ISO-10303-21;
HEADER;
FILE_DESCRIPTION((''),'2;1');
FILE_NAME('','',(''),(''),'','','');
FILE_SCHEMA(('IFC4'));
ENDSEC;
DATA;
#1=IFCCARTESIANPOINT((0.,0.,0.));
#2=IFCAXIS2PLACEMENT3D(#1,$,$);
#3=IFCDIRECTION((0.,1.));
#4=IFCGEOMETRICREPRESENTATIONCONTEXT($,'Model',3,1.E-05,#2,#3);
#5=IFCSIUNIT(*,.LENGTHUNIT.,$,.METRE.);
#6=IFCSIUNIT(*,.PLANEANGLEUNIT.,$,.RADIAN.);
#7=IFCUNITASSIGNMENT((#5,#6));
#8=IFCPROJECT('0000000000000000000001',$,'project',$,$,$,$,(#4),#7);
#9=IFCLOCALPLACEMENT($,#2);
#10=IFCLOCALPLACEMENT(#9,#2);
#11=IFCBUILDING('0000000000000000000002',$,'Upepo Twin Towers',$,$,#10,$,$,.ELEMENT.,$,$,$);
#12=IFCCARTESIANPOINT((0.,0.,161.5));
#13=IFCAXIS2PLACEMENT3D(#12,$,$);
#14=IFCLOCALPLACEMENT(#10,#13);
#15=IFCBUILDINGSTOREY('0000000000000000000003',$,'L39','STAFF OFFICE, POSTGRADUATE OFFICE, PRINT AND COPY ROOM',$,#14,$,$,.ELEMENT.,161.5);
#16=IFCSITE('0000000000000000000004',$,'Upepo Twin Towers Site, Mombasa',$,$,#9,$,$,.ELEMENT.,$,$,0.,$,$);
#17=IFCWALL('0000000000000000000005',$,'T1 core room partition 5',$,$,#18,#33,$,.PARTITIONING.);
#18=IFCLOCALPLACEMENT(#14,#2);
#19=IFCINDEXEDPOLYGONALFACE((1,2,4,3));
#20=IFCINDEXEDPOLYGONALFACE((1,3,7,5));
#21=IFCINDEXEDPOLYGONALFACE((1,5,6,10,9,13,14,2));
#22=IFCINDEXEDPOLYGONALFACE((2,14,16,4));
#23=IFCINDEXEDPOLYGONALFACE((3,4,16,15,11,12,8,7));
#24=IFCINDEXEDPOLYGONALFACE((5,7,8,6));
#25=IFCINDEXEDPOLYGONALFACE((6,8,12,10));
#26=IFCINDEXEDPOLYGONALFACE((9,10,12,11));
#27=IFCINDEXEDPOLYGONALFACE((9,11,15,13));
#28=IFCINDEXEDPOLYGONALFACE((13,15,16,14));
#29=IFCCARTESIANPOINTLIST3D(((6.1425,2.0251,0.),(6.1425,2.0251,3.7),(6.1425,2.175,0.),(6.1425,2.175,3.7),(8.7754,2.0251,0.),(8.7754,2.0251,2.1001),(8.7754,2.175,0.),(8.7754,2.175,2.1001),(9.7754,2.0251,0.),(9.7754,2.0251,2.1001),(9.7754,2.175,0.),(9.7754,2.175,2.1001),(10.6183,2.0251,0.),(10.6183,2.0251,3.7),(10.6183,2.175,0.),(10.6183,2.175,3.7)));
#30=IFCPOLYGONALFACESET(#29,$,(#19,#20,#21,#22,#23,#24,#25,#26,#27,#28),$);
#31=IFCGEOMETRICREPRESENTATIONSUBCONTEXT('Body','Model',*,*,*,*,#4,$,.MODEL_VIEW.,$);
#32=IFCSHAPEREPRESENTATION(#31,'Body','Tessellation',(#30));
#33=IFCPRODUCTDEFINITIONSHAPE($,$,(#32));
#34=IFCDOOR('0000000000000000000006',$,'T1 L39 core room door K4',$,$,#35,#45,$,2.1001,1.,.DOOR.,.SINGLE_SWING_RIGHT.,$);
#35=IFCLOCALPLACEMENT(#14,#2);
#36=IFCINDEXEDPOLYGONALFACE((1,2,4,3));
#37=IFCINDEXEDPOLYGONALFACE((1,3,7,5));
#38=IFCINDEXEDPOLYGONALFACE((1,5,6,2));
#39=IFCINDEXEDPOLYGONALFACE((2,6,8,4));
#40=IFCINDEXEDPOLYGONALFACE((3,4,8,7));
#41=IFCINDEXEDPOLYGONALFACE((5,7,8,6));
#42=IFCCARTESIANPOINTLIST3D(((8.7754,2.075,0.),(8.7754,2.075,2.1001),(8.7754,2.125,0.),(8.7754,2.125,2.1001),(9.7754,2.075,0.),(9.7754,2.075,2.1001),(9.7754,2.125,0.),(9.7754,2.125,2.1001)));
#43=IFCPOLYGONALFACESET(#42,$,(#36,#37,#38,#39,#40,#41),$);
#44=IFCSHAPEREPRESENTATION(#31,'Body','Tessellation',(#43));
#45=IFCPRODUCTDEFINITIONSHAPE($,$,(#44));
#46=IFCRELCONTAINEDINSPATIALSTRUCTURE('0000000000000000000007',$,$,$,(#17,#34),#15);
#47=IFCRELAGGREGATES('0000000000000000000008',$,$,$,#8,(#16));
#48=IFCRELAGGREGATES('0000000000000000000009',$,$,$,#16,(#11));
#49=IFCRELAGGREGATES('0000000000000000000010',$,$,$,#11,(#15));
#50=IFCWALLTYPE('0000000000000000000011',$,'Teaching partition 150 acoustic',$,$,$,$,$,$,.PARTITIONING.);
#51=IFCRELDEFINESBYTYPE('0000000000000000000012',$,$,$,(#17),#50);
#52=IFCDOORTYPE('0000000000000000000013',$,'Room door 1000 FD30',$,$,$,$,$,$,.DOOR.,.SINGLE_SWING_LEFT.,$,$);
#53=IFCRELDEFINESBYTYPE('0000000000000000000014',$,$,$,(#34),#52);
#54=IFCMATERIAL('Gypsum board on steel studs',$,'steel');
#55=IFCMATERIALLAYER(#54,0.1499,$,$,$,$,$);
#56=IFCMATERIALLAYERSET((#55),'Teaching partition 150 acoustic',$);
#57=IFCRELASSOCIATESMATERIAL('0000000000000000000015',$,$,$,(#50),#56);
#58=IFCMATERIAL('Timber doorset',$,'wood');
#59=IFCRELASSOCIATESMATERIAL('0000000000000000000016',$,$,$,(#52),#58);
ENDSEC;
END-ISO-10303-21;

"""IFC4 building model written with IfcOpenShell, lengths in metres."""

from ifc_helpers import new_model, si_unit, direction, frame, frame_2d, origin, place, context, subcontext, project, spatial, rectangle, extrude, material, layer, layer_set, type_object, element, fill, save


model = new_model("IFC4")

# Units and contexts
model_context = context("Model", 3, precision=1e-05, world=origin(), true_north=direction((0.0, 1.0)))
body_context = subcontext(model_context, "Body", "Model", "MODEL_VIEW")
ifc_project = project(units=[si_unit("LENGTHUNIT", "METRE"), si_unit("PLANEANGLEUNIT", "RADIAN")], contexts=[model_context])

# Site, building, storey
site_placement = place(None, origin())
site = spatial("IfcSite", under=ifc_project, at=site_placement, Name="Upepo Twin Towers Site, Mombasa", CompositionType="ELEMENT", RefElevation=0.0)
building_placement = place(site_placement, origin())
building = spatial("IfcBuilding", under=site, at=building_placement, Name="Upepo Twin Towers", CompositionType="ELEMENT")
storey_placement = place(building_placement, frame((0.0, 0.0, 161.5)))
storey = spatial("IfcBuildingStorey", under=building, at=storey_placement, Name="L39", Description="STAFF OFFICE, POSTGRADUATE OFFICE, PRINT AND COPY ROOM", CompositionType="ELEMENT", Elevation=161.5)

# Wall, opening, door
ifc_material_1 = material(Name="Gypsum board on steel studs", Category="steel")
ifc_layer_1 = layer(ifc_material_1, 0.1499)
ifc_layer_set_1 = layer_set([ifc_layer_1], Name="Teaching partition 150 acoustic")
wall_type_1 = type_object("IfcWallType", Name="Teaching partition 150 acoustic", PredefinedType="PARTITIONING", material=ifc_layer_set_1)
ifc_material_2 = material(Name="Timber doorset", Category="wood")
door_type_1 = type_object("IfcDoorType", Name="Room door 1000 FD30", OperationType="SINGLE_SWING_LEFT", PredefinedType="DOOR", material=ifc_material_2)
wall_1_placement = place(storey_placement, frame((6.1426, 2.1001, 0.0), z_axis=(0.0, 0.0, 1.0), x_axis=(1.0, 0.0, 0.0)))
wall_1 = element("IfcWall", 1, at=wall_1_placement, inside=storey, type_object=wall_type_1, Name="T1 core room partition 5", PredefinedType="PARTITIONING", context=body_context, shape_type="SweptSolid", body=[
    extrude(rectangle(XDim=4.4758, YDim=0.1499, at=frame_2d((2.2378, 0.0))), origin(), (0.0, 0.0, 1.0), 3.7),
])
opening_1_placement = place(wall_1_placement, frame((2.6328, 0.0, 0.0)))
opening_1 = element("IfcOpeningElement", 2, at=opening_1_placement, cuts=wall_1, PredefinedType="OPENING", context=body_context, shape_type="SweptSolid", body=[
    extrude(rectangle(XDim=1.0, YDim=2.1001, at=frame_2d((0.5, 1.05))), frame((0.0, 0.085, 0.0), z_axis=(0.0, -1.0, 0.0), x_axis=(1.0, 0.0, 0.0)), (0.0, 0.0, 1.0), 0.1699),
])
door_1_placement = place(opening_1_placement, origin())
door_1 = element("IfcDoor", 3, at=door_1_placement, inside=storey, type_object=door_type_1, Name="T1 L39 core room door K4", OperationType="SINGLE_SWING_RIGHT", OverallHeight=2.1001, OverallWidth=1.0, PredefinedType="DOOR", context=body_context, shape_type="SweptSolid", body=[
    extrude(rectangle(XDim=1.0, YDim=2.1001, at=frame_2d((0.5, 1.05))), frame((0.0, 0.0249, 0.0), z_axis=(0.0, -1.0, 0.0), x_axis=(1.0, 0.0, 0.0)), (0.0, 0.0, 1.0), 0.05),
])
fill(opening_1, door_1)

save(model, "model.ifc")
